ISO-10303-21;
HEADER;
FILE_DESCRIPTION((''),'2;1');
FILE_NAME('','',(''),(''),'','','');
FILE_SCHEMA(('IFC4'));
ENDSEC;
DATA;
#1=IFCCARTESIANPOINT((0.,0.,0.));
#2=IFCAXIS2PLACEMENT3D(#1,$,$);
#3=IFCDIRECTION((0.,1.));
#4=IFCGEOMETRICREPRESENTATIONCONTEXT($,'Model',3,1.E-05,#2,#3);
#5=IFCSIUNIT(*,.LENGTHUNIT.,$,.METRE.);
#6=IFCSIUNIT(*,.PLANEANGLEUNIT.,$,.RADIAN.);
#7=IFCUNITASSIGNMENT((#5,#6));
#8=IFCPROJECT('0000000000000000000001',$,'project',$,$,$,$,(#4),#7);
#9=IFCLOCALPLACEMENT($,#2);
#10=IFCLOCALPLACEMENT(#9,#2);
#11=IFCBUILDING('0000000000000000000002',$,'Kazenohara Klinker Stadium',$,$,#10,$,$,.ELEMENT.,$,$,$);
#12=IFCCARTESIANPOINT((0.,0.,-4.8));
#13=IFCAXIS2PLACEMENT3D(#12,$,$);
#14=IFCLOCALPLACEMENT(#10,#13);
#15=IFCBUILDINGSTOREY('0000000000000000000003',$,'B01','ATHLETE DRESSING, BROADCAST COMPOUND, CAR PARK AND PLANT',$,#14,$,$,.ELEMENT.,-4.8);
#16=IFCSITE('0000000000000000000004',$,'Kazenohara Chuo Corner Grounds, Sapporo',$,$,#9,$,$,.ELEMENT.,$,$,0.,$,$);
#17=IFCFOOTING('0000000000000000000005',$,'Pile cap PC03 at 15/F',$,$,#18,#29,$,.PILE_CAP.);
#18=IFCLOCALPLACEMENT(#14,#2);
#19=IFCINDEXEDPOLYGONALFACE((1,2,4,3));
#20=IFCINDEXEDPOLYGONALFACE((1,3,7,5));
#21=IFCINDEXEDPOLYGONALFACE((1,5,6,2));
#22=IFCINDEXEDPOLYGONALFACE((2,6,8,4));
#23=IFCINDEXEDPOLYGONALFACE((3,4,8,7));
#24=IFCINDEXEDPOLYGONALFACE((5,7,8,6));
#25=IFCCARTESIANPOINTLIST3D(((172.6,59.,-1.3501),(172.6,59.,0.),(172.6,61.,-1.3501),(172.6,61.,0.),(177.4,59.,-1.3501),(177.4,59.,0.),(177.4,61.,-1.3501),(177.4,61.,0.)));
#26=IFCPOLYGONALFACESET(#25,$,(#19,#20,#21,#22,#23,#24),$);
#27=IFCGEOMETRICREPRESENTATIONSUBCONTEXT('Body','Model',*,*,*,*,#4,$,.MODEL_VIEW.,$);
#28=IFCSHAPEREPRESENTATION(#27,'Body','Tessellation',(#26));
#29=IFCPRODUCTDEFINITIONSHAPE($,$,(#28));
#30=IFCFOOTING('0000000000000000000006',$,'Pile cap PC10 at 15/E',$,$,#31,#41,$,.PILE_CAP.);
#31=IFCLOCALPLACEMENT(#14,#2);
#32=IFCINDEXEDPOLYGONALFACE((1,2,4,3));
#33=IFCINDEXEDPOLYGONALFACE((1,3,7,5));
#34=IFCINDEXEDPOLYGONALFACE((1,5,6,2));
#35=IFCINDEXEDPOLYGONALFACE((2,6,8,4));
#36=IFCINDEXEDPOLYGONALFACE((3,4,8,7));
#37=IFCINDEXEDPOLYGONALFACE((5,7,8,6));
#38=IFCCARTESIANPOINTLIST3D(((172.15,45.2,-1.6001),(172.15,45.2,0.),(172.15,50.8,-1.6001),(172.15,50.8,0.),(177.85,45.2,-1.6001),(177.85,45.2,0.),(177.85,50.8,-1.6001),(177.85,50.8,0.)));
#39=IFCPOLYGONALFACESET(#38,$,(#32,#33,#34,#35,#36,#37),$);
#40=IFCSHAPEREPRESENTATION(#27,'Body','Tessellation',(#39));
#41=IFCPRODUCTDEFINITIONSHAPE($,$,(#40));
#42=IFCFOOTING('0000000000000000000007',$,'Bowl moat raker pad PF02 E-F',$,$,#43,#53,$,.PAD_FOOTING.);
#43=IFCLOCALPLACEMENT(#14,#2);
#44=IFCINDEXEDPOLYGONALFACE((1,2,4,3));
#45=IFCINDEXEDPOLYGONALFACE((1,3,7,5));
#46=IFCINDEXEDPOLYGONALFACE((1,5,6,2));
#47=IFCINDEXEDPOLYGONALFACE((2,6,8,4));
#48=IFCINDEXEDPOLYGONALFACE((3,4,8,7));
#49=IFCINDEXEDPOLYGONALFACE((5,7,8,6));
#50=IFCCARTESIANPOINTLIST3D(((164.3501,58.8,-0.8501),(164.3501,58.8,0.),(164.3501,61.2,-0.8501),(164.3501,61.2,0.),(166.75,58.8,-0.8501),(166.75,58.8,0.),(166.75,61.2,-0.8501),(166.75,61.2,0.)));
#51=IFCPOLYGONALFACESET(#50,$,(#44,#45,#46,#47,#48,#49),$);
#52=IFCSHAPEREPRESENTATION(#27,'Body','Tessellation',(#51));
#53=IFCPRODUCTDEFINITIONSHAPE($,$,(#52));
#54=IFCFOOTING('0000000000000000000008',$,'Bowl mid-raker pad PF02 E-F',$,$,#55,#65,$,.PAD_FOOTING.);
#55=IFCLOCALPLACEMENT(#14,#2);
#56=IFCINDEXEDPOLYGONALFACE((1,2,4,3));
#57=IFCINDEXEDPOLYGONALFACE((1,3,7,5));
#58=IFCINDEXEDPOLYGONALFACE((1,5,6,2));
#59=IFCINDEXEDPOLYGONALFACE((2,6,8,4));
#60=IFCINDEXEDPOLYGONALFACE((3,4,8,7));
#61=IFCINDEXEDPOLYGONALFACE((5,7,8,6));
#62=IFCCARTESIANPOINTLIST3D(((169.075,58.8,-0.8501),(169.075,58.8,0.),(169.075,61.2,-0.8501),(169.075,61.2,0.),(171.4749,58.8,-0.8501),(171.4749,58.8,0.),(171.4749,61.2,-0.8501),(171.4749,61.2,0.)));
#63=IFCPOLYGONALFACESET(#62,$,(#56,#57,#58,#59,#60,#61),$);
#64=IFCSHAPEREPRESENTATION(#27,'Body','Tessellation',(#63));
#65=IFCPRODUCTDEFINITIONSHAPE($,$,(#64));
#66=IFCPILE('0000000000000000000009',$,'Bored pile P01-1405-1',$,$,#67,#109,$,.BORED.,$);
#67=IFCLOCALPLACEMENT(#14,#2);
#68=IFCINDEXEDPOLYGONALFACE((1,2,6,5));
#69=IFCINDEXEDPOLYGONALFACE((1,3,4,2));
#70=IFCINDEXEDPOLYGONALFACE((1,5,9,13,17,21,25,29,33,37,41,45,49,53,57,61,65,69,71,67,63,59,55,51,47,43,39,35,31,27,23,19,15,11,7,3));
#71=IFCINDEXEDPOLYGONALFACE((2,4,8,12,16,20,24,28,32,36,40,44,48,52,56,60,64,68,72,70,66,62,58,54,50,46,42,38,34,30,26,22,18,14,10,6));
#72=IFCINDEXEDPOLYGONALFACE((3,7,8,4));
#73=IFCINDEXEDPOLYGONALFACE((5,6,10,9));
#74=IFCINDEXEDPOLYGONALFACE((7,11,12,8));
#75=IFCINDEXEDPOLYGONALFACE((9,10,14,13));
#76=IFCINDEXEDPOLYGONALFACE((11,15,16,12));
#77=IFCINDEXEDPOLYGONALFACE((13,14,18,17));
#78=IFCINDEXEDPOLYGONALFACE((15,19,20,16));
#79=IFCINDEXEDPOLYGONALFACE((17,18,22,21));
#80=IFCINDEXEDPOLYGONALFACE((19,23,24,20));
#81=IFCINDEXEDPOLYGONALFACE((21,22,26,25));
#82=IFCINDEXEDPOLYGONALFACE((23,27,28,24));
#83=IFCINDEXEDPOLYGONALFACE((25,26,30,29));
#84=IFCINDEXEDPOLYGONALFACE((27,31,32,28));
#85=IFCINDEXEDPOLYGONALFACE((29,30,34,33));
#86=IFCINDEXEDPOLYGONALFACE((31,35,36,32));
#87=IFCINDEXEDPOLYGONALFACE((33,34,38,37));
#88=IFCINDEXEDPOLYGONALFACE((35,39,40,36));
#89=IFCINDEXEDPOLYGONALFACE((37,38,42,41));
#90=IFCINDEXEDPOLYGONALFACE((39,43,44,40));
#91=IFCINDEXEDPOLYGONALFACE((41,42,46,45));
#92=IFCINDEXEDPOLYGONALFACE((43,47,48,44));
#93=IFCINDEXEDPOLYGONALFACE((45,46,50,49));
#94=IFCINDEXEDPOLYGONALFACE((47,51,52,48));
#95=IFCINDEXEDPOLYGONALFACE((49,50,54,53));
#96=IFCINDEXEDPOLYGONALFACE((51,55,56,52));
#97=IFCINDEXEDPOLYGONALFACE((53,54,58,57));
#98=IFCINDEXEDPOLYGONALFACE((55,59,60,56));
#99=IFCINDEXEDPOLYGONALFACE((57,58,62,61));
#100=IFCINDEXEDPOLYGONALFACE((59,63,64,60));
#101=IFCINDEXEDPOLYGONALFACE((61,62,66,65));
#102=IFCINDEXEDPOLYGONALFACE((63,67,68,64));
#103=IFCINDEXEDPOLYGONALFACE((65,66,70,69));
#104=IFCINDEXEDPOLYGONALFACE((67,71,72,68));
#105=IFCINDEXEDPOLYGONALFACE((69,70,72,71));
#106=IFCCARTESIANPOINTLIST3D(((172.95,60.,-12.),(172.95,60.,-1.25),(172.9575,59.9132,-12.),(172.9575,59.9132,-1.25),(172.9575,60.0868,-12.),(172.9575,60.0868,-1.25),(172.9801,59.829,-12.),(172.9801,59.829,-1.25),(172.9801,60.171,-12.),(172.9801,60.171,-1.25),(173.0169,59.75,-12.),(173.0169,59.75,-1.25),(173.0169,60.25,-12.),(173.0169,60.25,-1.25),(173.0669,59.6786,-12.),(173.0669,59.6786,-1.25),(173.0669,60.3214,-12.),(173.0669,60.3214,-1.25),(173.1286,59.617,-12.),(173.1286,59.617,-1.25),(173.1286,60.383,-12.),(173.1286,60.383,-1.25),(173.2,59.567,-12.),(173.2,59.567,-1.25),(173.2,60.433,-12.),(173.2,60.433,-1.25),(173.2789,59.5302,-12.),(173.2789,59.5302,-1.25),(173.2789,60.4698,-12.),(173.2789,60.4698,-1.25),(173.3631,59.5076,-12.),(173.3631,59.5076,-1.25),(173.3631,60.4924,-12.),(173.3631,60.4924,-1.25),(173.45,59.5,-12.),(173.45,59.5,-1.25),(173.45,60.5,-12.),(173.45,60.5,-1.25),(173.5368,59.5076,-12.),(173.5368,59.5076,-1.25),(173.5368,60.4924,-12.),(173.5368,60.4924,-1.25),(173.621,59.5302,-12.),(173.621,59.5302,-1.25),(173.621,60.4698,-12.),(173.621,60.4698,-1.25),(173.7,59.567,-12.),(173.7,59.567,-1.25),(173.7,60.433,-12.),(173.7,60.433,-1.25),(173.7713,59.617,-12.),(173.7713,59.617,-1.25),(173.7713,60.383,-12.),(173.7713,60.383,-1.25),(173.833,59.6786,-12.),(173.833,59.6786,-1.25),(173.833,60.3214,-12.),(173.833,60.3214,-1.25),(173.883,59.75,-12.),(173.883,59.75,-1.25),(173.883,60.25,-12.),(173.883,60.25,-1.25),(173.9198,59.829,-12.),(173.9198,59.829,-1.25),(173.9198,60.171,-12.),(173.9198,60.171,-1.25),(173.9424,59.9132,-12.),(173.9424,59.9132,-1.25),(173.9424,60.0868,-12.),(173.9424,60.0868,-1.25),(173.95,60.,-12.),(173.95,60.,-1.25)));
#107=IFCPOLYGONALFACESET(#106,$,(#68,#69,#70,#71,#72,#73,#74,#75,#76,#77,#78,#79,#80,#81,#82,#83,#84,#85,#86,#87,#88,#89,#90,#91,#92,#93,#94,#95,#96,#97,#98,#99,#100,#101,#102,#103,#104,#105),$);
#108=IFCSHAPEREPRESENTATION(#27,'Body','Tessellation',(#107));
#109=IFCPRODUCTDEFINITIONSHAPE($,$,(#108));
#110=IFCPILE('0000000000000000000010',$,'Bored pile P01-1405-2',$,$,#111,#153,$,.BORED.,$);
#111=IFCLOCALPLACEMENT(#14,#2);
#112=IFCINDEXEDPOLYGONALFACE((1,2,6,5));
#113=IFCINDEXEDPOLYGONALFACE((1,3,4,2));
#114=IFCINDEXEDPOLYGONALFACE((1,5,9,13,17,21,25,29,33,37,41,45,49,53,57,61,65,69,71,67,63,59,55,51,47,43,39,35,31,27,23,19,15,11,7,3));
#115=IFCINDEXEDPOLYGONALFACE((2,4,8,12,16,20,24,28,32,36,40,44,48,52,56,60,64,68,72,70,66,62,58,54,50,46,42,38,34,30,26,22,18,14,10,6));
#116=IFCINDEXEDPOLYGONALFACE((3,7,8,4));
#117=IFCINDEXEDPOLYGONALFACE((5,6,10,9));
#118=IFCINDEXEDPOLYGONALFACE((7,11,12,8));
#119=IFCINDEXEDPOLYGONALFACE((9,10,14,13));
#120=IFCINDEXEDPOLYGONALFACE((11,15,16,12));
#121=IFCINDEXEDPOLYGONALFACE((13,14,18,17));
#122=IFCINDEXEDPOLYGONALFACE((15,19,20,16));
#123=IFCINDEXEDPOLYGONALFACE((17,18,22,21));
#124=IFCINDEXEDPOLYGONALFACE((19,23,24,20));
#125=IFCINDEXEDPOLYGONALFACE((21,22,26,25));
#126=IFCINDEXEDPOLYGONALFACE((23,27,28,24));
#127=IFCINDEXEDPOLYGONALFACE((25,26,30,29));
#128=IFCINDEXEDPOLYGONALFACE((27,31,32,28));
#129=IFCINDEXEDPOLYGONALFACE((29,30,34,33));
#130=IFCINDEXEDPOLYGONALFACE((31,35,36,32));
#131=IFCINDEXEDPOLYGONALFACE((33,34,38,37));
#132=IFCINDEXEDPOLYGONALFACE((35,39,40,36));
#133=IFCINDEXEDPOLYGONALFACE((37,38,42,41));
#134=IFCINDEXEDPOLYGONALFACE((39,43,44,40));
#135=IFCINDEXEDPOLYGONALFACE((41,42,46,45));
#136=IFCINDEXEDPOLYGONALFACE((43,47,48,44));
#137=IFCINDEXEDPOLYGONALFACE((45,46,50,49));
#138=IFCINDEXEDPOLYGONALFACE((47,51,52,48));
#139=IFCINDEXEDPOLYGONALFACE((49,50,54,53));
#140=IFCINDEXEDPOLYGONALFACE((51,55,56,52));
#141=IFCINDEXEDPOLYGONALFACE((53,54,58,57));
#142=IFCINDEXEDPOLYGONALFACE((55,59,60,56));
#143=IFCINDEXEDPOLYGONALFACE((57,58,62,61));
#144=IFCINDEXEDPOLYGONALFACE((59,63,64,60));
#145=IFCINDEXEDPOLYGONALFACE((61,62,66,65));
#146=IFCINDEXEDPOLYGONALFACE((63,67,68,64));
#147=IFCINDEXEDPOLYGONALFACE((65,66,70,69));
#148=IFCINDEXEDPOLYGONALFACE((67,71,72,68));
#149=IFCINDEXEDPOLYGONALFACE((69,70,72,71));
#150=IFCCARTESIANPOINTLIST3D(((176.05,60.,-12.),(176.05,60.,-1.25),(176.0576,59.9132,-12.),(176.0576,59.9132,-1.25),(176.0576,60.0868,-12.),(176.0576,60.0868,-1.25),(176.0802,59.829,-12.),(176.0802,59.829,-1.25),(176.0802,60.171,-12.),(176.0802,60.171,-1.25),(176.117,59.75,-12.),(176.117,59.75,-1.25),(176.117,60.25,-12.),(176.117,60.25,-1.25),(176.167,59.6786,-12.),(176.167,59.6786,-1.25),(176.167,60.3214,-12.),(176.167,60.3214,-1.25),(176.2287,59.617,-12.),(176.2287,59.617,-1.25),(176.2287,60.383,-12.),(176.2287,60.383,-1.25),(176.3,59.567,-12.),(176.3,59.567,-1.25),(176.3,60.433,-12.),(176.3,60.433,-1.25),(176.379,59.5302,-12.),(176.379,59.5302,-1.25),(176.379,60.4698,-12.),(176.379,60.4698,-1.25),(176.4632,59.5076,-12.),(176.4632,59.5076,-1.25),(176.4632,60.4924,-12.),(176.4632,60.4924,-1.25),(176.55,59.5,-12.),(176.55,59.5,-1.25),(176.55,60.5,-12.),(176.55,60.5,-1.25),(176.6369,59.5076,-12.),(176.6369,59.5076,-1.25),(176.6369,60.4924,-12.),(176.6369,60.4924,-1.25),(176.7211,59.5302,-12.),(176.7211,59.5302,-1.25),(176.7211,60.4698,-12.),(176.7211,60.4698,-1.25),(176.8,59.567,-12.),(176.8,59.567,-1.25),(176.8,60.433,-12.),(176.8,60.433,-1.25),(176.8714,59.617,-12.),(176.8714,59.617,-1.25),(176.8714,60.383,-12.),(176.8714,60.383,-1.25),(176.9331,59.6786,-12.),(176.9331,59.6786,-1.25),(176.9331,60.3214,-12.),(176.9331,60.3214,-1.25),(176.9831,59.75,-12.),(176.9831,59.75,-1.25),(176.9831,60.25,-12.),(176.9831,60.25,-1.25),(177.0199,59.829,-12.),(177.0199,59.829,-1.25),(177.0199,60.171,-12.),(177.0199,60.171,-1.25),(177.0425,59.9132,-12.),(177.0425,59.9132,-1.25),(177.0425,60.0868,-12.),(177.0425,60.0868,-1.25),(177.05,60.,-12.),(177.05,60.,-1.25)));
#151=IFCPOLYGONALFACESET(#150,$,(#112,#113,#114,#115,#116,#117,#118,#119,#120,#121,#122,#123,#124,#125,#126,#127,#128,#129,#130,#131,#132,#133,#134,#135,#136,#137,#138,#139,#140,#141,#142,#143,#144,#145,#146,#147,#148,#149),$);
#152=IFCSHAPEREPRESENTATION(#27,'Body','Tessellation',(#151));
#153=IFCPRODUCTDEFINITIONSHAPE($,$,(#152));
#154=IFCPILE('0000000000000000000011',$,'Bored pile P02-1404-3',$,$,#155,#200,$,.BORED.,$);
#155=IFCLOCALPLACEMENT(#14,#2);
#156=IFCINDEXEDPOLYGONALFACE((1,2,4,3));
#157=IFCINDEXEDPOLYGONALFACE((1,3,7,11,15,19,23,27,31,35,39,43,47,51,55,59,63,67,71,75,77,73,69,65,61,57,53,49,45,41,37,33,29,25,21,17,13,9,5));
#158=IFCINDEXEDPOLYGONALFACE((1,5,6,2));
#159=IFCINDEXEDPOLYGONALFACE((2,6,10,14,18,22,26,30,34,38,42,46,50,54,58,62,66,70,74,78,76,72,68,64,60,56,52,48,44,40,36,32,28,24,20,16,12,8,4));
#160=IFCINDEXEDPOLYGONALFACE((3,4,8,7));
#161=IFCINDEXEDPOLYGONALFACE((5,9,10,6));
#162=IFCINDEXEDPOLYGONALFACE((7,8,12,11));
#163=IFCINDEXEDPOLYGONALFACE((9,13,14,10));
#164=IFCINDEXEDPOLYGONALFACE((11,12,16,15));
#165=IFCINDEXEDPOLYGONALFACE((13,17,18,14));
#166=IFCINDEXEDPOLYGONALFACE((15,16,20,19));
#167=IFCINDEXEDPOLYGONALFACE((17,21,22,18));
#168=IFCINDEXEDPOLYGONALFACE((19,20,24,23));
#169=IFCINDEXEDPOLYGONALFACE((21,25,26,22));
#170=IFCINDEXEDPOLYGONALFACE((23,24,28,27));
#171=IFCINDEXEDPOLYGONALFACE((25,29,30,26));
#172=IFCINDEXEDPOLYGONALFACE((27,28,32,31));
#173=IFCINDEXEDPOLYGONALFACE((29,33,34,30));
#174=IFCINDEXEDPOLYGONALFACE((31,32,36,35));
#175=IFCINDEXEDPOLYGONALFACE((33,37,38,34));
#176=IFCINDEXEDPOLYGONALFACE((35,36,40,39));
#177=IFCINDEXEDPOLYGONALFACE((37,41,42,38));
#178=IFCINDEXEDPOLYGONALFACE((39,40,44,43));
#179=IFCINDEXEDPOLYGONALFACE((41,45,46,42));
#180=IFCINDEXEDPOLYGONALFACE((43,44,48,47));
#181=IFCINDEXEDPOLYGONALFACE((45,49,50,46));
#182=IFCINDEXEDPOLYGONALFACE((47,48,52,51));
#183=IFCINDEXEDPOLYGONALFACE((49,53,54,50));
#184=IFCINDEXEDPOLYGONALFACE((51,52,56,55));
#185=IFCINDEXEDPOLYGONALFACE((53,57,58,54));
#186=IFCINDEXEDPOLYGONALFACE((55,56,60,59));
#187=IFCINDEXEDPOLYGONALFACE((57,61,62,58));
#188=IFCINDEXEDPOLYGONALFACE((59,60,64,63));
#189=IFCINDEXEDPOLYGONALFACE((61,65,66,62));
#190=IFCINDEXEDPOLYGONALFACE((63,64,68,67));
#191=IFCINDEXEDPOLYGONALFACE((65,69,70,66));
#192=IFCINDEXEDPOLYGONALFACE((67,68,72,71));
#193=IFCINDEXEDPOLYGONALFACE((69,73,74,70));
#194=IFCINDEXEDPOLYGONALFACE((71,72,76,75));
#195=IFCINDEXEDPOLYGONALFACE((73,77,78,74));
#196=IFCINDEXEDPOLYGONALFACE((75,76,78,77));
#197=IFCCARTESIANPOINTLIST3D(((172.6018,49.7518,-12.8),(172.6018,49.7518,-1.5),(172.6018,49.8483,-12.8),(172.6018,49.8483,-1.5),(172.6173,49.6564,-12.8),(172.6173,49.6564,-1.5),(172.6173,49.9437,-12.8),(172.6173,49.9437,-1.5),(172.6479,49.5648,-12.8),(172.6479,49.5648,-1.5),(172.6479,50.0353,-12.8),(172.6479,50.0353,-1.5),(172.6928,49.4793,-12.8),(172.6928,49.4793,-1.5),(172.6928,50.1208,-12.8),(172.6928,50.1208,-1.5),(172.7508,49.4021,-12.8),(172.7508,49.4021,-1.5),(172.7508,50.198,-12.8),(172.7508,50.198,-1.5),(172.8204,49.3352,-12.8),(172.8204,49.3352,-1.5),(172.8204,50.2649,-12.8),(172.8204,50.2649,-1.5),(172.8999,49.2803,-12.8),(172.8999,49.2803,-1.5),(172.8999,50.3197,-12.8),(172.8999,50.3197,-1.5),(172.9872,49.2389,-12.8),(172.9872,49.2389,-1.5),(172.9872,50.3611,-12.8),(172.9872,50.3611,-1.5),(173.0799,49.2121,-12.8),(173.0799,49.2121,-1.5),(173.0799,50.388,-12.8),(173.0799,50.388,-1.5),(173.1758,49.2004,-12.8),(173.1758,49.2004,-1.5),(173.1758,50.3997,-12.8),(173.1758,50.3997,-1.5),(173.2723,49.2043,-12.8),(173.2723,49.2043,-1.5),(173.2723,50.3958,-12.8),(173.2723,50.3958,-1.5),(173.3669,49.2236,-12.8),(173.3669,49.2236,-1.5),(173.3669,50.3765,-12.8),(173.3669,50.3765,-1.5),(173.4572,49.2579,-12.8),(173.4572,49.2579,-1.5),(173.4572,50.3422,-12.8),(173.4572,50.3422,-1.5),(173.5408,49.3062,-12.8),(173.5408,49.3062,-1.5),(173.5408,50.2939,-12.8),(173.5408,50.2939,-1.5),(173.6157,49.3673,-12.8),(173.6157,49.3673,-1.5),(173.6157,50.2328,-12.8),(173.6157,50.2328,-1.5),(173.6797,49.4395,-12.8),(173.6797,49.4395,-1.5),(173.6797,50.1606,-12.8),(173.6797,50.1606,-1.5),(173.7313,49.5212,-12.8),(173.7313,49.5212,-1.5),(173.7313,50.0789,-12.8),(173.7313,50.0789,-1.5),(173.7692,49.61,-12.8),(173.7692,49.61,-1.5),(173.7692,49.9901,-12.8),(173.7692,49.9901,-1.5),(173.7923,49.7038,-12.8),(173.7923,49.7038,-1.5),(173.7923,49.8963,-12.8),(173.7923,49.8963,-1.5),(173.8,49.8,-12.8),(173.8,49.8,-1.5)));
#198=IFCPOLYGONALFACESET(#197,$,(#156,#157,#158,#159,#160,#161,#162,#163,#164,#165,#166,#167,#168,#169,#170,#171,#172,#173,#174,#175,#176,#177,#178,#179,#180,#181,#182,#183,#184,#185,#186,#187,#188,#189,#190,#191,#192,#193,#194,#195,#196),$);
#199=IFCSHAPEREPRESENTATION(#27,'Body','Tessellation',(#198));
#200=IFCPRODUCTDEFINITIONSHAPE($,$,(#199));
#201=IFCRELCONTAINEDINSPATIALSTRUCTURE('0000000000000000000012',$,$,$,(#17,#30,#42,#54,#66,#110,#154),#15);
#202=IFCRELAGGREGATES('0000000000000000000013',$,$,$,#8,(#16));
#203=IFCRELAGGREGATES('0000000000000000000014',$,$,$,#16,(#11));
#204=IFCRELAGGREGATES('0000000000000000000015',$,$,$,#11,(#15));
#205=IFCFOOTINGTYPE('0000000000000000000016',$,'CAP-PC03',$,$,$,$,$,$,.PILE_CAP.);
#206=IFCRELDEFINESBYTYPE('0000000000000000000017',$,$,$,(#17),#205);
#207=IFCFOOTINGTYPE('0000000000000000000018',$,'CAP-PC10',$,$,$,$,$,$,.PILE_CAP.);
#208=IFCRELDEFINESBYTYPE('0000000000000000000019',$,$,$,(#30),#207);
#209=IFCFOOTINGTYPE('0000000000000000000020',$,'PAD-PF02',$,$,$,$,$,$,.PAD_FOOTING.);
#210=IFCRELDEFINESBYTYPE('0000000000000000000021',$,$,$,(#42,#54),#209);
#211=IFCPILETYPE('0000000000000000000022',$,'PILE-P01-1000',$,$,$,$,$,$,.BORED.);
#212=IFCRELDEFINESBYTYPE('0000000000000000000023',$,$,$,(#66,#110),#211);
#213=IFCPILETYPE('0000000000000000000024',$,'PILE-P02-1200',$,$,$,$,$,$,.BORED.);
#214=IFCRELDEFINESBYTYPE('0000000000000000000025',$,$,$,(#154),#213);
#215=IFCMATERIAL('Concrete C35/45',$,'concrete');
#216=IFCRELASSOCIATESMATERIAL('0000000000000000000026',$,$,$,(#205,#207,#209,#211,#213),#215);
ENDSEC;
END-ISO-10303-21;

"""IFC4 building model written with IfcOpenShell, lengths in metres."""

from ifc_helpers import new_model, si_unit, direction, frame, origin, origin_2d, place, context, subcontext, project, spatial, rectangle, circle, extrude, material, material_profile, profile_set, type_object, element, save


model = new_model("IFC4")

# Units and contexts
model_context = context("Model", 3, precision=1e-05, world=origin(), true_north=direction((0.0, 1.0)))
body_context = subcontext(model_context, "Body", "Model", "MODEL_VIEW")
ifc_project = project(units=[si_unit("LENGTHUNIT", "METRE"), si_unit("PLANEANGLEUNIT", "RADIAN")], contexts=[model_context])

# Site, building, storey
site_placement = place(None, origin())
site = spatial("IfcSite", under=ifc_project, at=site_placement, Name="Kazenohara Chuo Corner Grounds, Sapporo", CompositionType="ELEMENT", RefElevation=0.0)
building_placement = place(site_placement, origin())
building = spatial("IfcBuilding", under=site, at=building_placement, Name="Kazenohara Klinker Stadium", CompositionType="ELEMENT")
storey_placement = place(building_placement, frame((0.0, 0.0, -4.8)))
storey = spatial("IfcBuildingStorey", under=building, at=storey_placement, Name="B01", Description="ATHLETE DRESSING, BROADCAST COMPOUND, CAR PARK AND PLANT", CompositionType="ELEMENT", Elevation=-4.8)

# Footings
ifc_material_1 = material(Name="Concrete C35/45", Category="concrete")
footing_type_1 = type_object("IfcFootingType", Name="CAP-PC03", PredefinedType="PILE_CAP", material=ifc_material_1)
footing_1_placement = place(storey_placement, frame((175.0, 60.0, -1.3501), z_axis=(0.0, 0.0, 1.0), x_axis=(1.0, 0.0, 0.0)))
element("IfcFooting", 1, at=footing_1_placement, inside=storey, type_object=footing_type_1, Name="Pile cap PC03 at 15/F", PredefinedType="PILE_CAP", context=body_context, shape_type="SweptSolid", body=[
    extrude(rectangle(XDim=4.8, YDim=2.0, at=origin_2d()), origin(), (0.0, 0.0, 1.0), 1.3501),
])
footing_type_2 = type_object("IfcFootingType", Name="CAP-PC10", PredefinedType="PILE_CAP", material=ifc_material_1)
footing_2_placement = place(storey_placement, frame((175.0, 48.0, -1.6001), z_axis=(0.0, 0.0, 1.0), x_axis=(1.0, 0.0, 0.0)))
element("IfcFooting", 2, at=footing_2_placement, inside=storey, type_object=footing_type_2, Name="Pile cap PC10 at 15/E", PredefinedType="PILE_CAP", context=body_context, shape_type="SweptSolid", body=[
    extrude(rectangle(XDim=5.7, YDim=5.6001, at=origin_2d()), origin(), (0.0, 0.0, 1.0), 1.6001),
])
footing_type_3 = type_object("IfcFootingType", Name="PAD-PF02", PredefinedType="PAD_FOOTING", material=ifc_material_1)
for number, where, z_axis, x_axis, name in (
    (3, (165.55, 60.0, -0.8501), (0.0, 0.0, 1.0), (1.0, 0.0, 0.0), "Bowl moat raker pad PF02 E-F"),
    (4, (170.2749, 60.0, -0.8501), (0.0, 0.0, 1.0), (1.0, 0.0, 0.0), "Bowl mid-raker pad PF02 E-F"),
):
    element("IfcFooting", number, at=place(storey_placement, frame(where, z_axis=z_axis, x_axis=x_axis)), inside=storey, type_object=footing_type_3, Name=name, PredefinedType="PAD_FOOTING", context=body_context, shape_type="SweptSolid", body=[
        extrude(rectangle(XDim=2.3999, YDim=2.3999, at=origin_2d()), origin(), (0.0, 0.0, 1.0), 0.8501),
    ])

# Piles
ifc_material_profile_1 = material_profile(ifc_material_1, circle(Radius=0.5, at=origin_2d()), Name="BORED-PILE-1000")
ifc_profile_set_1 = profile_set([ifc_material_profile_1], Name="Concrete C35/45")
pile_type_1 = type_object("IfcPileType", Name="PILE-P01-1000", PredefinedType="BORED", material=ifc_profile_set_1)
for number, where, z_axis, x_axis, name in (
    (5, (173.45, 60.0, -1.25), (0.0, 0.0, -1.0), (1.0, 0.0, 0.0), "Bored pile P01-1405-1"),
    (6, (176.55, 60.0, -1.25), (0.0, 0.0, -1.0), (1.0, 0.0, 0.0), "Bored pile P01-1405-2"),
):
    element("IfcPile", number, at=place(storey_placement, frame(where, z_axis=z_axis, x_axis=x_axis)), inside=storey, type_object=pile_type_1, Name=name, PredefinedType="BORED", context=body_context, shape_type="SweptSolid", body=[
        extrude(circle(Radius=0.5, at=origin_2d()), origin(), (0.0, 0.0, 1.0), 10.75),
    ])
ifc_material_profile_2 = material_profile(ifc_material_1, circle(Radius=0.6001, at=origin_2d()), Name="BORED-PILE-1200")
ifc_profile_set_2 = profile_set([ifc_material_profile_2], Name="Concrete C35/45")
pile_type_2 = type_object("IfcPileType", Name="PILE-P02-1200", PredefinedType="BORED", material=ifc_profile_set_2)
for number, where, z_axis, x_axis, name in (
    (7, (173.2, 49.8, -1.5), (0.0, 0.0, -1.0), (1.0, 0.0, 0.0), "Bored pile P02-1404-3"),
):
    element("IfcPile", number, at=place(storey_placement, frame(where, z_axis=z_axis, x_axis=x_axis)), inside=storey, type_object=pile_type_2, Name=name, PredefinedType="BORED", context=body_context, shape_type="SweptSolid", body=[
        extrude(circle(Radius=0.6001, at=origin_2d()), origin(), (0.0, 0.0, 1.0), 11.3),
    ])

save(model, "model.ifc")
